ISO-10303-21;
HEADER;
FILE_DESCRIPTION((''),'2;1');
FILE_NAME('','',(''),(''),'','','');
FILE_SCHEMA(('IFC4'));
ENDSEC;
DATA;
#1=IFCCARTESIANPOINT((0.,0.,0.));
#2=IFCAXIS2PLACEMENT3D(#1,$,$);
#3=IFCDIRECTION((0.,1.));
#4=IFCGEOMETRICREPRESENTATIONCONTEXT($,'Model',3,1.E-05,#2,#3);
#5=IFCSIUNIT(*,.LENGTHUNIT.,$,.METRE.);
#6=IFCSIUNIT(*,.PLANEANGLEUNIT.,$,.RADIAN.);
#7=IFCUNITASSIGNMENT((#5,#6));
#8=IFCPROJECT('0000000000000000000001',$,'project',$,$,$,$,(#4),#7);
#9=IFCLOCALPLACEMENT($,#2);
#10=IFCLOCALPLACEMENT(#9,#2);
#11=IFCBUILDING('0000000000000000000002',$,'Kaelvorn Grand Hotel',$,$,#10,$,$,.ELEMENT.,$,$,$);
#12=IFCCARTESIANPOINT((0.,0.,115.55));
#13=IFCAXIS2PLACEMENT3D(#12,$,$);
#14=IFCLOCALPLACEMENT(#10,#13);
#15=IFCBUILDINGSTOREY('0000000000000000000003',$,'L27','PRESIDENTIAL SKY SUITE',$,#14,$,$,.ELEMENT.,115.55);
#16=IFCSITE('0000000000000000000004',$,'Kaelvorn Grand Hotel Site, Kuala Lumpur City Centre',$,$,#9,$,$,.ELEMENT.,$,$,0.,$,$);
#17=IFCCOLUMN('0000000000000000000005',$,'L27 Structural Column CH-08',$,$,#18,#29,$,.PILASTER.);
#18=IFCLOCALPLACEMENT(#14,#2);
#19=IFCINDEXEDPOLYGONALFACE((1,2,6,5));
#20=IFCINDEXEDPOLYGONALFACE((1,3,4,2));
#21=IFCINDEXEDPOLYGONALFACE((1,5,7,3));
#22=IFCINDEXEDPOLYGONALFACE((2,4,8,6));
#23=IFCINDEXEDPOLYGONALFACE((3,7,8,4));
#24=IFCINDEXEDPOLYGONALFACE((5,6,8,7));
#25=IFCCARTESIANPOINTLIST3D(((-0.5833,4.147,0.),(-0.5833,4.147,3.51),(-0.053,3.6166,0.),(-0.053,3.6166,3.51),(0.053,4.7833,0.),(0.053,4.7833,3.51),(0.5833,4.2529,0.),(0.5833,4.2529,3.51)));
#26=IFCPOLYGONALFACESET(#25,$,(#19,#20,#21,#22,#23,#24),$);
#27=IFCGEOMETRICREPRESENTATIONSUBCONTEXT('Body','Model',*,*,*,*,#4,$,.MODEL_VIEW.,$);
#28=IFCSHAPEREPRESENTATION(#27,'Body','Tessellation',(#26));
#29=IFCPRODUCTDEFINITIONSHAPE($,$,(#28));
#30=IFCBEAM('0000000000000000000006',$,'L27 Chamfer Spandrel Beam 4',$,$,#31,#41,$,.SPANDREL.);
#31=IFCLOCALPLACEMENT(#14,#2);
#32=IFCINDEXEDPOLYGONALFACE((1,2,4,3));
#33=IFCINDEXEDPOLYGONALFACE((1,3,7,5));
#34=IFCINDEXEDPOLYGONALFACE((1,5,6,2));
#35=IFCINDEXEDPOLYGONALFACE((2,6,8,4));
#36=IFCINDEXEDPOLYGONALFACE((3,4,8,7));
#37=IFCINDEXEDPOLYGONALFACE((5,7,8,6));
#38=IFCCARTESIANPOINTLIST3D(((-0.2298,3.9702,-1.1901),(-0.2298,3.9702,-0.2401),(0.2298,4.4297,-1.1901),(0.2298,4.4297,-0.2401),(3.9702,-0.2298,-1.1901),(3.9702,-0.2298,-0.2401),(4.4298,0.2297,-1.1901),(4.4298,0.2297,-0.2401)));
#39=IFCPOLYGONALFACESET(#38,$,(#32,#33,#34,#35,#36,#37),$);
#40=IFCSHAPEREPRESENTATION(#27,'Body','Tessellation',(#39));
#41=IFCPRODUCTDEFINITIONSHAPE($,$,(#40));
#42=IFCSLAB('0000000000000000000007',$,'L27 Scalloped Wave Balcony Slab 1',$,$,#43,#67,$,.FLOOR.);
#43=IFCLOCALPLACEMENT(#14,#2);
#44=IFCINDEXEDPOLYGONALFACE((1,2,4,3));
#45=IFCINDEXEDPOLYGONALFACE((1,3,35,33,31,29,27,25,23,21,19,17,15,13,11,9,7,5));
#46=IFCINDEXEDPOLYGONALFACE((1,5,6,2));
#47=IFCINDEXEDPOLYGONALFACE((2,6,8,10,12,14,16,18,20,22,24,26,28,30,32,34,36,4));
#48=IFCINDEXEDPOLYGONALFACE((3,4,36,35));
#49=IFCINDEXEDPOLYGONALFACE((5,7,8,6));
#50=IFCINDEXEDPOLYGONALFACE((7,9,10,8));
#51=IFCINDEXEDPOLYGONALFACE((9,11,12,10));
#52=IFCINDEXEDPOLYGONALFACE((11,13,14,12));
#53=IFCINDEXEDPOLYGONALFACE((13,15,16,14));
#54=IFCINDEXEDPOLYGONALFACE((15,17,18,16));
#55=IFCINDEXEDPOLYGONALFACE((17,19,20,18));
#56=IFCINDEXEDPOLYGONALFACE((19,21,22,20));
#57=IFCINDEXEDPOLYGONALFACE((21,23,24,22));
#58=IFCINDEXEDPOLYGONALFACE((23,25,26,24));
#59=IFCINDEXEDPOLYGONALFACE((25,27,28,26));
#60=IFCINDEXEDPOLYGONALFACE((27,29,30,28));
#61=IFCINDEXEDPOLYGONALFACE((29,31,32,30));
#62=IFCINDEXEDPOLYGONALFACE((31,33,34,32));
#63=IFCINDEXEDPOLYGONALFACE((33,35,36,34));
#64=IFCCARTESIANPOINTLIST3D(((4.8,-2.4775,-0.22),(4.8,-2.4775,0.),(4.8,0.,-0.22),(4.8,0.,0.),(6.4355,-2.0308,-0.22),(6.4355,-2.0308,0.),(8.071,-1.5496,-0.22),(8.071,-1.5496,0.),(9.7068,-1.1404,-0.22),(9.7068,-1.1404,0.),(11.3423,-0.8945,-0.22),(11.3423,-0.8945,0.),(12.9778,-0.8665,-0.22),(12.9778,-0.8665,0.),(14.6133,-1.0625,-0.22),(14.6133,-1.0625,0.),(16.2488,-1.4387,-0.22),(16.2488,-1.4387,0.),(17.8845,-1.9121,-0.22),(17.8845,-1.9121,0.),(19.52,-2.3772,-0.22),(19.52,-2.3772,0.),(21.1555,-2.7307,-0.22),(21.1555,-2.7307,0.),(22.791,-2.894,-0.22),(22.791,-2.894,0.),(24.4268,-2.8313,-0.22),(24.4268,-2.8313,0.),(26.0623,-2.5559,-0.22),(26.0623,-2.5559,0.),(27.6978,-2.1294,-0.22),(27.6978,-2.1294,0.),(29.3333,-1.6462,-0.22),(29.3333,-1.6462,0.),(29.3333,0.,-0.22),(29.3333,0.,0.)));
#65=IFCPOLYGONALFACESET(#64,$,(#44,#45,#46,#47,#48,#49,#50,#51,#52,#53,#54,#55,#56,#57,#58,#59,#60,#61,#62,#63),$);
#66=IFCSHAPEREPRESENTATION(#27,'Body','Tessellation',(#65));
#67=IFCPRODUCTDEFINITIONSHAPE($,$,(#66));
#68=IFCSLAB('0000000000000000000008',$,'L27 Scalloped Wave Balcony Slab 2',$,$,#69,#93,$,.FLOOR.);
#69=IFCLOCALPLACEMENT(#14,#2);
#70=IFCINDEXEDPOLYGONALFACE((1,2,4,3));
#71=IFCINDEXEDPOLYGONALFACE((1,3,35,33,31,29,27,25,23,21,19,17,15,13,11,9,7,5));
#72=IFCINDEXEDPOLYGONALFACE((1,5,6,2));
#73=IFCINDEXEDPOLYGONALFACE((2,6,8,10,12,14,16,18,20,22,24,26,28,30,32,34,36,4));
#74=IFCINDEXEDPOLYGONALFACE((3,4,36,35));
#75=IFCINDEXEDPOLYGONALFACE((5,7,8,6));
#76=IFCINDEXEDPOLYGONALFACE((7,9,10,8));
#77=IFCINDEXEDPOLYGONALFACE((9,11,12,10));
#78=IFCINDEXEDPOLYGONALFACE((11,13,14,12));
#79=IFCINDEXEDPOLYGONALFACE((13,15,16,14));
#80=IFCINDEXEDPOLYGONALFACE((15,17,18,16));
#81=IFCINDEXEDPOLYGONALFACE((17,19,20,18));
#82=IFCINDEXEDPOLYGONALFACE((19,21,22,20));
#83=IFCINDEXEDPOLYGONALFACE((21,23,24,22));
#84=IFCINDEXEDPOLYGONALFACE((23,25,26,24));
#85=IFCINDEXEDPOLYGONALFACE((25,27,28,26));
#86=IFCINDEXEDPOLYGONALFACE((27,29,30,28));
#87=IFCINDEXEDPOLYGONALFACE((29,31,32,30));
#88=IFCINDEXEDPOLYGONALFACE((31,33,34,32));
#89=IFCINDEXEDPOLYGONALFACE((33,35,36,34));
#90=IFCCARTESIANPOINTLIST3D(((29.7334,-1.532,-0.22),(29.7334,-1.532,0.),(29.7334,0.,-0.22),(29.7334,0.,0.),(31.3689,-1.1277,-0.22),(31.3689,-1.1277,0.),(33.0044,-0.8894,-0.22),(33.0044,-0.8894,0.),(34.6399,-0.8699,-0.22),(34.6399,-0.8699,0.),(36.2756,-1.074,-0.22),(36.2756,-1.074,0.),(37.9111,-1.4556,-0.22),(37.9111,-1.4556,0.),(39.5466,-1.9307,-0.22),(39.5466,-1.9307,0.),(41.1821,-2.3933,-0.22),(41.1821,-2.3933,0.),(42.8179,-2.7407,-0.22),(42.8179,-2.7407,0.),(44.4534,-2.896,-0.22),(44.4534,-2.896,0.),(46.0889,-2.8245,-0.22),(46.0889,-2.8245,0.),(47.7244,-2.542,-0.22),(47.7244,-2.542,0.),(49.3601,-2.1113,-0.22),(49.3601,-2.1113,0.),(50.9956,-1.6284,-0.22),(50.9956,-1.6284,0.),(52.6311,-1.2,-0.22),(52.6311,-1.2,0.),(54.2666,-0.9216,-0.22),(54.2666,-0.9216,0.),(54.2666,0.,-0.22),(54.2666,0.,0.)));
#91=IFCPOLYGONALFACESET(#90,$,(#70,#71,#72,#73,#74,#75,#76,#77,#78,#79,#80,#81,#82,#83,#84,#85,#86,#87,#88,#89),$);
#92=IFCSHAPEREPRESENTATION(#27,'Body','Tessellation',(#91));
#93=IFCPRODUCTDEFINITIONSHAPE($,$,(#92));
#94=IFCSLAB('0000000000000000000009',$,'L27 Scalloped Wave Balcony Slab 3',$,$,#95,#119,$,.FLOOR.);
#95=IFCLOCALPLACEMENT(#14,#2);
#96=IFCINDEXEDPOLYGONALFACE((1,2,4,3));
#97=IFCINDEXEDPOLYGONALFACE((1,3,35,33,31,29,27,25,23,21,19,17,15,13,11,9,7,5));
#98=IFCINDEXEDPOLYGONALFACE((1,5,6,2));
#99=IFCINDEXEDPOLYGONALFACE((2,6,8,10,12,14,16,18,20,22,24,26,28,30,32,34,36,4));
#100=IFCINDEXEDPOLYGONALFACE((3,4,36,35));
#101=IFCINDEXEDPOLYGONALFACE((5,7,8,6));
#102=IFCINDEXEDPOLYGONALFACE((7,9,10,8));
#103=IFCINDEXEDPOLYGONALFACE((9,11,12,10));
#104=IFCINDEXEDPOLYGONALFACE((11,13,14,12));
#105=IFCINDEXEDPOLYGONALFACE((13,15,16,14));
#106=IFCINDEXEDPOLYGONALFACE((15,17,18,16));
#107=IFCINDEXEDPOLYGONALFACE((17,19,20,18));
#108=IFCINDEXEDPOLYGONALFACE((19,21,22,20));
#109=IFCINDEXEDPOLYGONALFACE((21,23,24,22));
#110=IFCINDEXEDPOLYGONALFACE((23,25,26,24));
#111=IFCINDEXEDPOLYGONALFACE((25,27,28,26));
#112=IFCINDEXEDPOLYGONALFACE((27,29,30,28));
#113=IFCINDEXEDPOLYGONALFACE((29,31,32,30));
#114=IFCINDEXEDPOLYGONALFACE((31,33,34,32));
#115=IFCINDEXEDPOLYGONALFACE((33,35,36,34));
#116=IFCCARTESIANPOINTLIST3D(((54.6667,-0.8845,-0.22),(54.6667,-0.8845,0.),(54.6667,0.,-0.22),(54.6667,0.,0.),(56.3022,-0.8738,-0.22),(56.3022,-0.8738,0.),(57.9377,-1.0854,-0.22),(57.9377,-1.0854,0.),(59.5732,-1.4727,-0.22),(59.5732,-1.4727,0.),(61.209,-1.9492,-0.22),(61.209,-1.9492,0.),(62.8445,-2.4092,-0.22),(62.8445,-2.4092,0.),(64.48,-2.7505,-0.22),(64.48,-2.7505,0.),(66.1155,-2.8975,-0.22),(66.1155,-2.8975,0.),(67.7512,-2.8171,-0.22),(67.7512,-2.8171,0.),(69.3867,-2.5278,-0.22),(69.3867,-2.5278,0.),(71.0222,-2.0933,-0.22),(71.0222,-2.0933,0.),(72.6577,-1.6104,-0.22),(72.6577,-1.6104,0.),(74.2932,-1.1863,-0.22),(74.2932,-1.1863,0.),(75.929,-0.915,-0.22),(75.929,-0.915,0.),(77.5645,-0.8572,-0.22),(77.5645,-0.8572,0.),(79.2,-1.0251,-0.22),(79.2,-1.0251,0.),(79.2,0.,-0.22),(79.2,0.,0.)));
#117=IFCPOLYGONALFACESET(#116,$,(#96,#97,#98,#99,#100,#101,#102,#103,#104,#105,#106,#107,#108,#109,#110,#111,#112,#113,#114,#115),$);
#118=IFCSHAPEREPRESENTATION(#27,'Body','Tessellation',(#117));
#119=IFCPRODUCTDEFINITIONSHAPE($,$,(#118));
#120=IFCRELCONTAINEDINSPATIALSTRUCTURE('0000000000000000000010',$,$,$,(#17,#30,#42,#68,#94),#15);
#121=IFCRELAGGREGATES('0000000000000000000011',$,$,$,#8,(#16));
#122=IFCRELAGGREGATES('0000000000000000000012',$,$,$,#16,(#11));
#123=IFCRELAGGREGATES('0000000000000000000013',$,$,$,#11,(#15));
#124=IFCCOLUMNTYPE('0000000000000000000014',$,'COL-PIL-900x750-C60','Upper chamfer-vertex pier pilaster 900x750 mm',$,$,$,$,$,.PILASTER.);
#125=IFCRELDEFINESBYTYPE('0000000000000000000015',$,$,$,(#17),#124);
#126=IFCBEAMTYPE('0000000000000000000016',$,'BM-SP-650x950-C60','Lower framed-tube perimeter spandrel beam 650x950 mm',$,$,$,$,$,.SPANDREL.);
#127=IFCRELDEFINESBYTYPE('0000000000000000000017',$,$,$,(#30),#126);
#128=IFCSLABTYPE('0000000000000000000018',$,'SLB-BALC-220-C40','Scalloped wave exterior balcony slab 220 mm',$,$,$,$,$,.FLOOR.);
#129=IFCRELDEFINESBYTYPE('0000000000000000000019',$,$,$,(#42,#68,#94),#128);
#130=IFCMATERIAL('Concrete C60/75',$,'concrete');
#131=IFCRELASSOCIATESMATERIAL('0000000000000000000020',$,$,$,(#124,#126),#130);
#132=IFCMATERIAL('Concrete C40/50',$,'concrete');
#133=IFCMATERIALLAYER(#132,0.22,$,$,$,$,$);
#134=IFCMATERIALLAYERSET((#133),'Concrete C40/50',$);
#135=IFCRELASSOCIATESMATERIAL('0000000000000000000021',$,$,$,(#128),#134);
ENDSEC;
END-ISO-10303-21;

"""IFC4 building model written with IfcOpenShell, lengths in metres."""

from ifc_helpers import new_model, si_unit, direction, frame, origin, origin_2d, place, context, subcontext, project, spatial, polyline, rectangle, outline, extrude, material, layer, layer_set, material_profile, profile_set, type_object, element, save


model = new_model("IFC4")

# Units and contexts
model_context = context("Model", 3, precision=1e-05, world=origin(), true_north=direction((0.0, 1.0)))
body_context = subcontext(model_context, "Body", "Model", "MODEL_VIEW")
ifc_project = project(units=[si_unit("LENGTHUNIT", "METRE"), si_unit("PLANEANGLEUNIT", "RADIAN")], contexts=[model_context])

# Site, building, storey
site_placement = place(None, origin())
site = spatial("IfcSite", under=ifc_project, at=site_placement, Name="Kaelvorn Grand Hotel Site, Kuala Lumpur City Centre", CompositionType="ELEMENT", RefElevation=0.0)
building_placement = place(site_placement, origin())
building = spatial("IfcBuilding", under=site, at=building_placement, Name="Kaelvorn Grand Hotel", CompositionType="ELEMENT")
storey_placement = place(building_placement, frame((0.0, 0.0, 115.55)))
storey = spatial("IfcBuildingStorey", under=building, at=storey_placement, Name="L27", Description="PRESIDENTIAL SKY SUITE", CompositionType="ELEMENT", Elevation=115.55)

# Column
ifc_material_1 = material(Name="Concrete C60/75", Category="concrete")
ifc_material_profile_1 = material_profile(ifc_material_1, rectangle(XDim=0.8999, YDim=0.75, at=origin_2d()), Name="RC PILASTER 900x750")
ifc_profile_set_1 = profile_set([ifc_material_profile_1], Name="Concrete C60/75")
column_type = type_object("IfcColumnType", Name="COL-PIL-900x750-C60", Description="Upper chamfer-vertex pier pilaster 900x750 mm", PredefinedType="PILASTER", material=ifc_profile_set_1)
column_placement = place(storey_placement, frame((0.0, 4.2, 0.0), z_axis=(0.0, 0.0, 1.0), x_axis=(0.707107, 0.707107, 0.0)))
element("IfcColumn", 1, at=column_placement, inside=storey, type_object=column_type, Name="L27 Structural Column CH-08", PredefinedType="PILASTER", context=body_context, shape_type="SweptSolid", body=[
    extrude(rectangle(XDim=0.8999, YDim=0.75, at=origin_2d()), origin(), (0.0, 0.0, 1.0), 3.51),
])

# Beam
ifc_material_profile_2 = material_profile(ifc_material_1, rectangle(XDim=0.6499, YDim=0.95, at=origin_2d()), Name="RC SPANDREL 650x950")
ifc_profile_set_2 = profile_set([ifc_material_profile_2], Name="Concrete C60/75")
beam_type = type_object("IfcBeamType", Name="BM-SP-650x950-C60", Description="Lower framed-tube perimeter spandrel beam 650x950 mm", PredefinedType="SPANDREL", material=ifc_profile_set_2)
beam_placement = place(storey_placement, frame((0.0, 4.2, -0.7151), z_axis=(0.707107, -0.707107, 0.0), x_axis=(0.707107, 0.707107, 0.0)))
element("IfcBeam", 2, at=beam_placement, inside=storey, type_object=beam_type, Name="L27 Chamfer Spandrel Beam 4", PredefinedType="SPANDREL", context=body_context, shape_type="SweptSolid", body=[
    extrude(rectangle(XDim=0.6499, YDim=0.95, at=origin_2d()), origin(), (0.0, 0.0, 1.0), 5.9397),
])

# Slabs
ifc_material_2 = material(Name="Concrete C40/50", Category="concrete")
ifc_layer_1 = layer(ifc_material_2, 0.22)
ifc_layer_set_1 = layer_set([ifc_layer_1], Name="Concrete C40/50")
slab_type_1 = type_object("IfcSlabType", Name="SLB-BALC-220-C40", Description="Scalloped wave exterior balcony slab 220 mm", PredefinedType="FLOOR", material=ifc_layer_set_1)
slab_1_placement = place(storey_placement, frame((0.0, 0.0, -0.22)))
element("IfcSlab", 3, at=slab_1_placement, inside=storey, type_object=slab_type_1, Name="L27 Scalloped Wave Balcony Slab 1", PredefinedType="FLOOR", context=body_context, shape_type="SweptSolid", body=[
    extrude(outline(polyline([(4.8, -2.4775), (6.4355, -2.0308), (8.071, -1.5496), (9.7068, -1.1404), (11.3423, -0.8945), (12.9778, -0.8665), (14.6133, -1.0625), (16.2488, -1.4387), (17.8845, -1.9121), (19.52, -2.3772), (21.1555, -2.7307), (22.791, -2.894), (24.4268, -2.8313), (26.0623, -2.5559), (27.6978, -2.1294), (29.3333, -1.6462), (29.3333, 0.0), (4.8, 0.0), (4.8, -2.4775)])), origin(), (0.0, 0.0, 1.0), 0.22),
])
slab_2_placement = place(storey_placement, frame((0.0, 0.0, -0.22)))
element("IfcSlab", 4, at=slab_2_placement, inside=storey, type_object=slab_type_1, Name="L27 Scalloped Wave Balcony Slab 2", PredefinedType="FLOOR", context=body_context, shape_type="SweptSolid", body=[
    extrude(outline(polyline([(29.7334, -1.532), (31.3689, -1.1277), (33.0044, -0.8894), (34.6399, -0.8699), (36.2756, -1.074), (37.9111, -1.4556), (39.5466, -1.9307), (41.1821, -2.3933), (42.8179, -2.7407), (44.4534, -2.896), (46.0889, -2.8245), (47.7244, -2.542), (49.3601, -2.1113), (50.9956, -1.6284), (52.6311, -1.2), (54.2666, -0.9216), (54.2666, 0.0), (29.7334, 0.0), (29.7334, -1.532)])), origin(), (0.0, 0.0, 1.0), 0.22),
])
slab_3_placement = place(storey_placement, frame((0.0, 0.0, -0.22)))
element("IfcSlab", 5, at=slab_3_placement, inside=storey, type_object=slab_type_1, Name="L27 Scalloped Wave Balcony Slab 3", PredefinedType="FLOOR", context=body_context, shape_type="SweptSolid", body=[
    extrude(outline(polyline([(54.6667, -0.8845), (56.3022, -0.8738), (57.9377, -1.0854), (59.5732, -1.4727), (61.209, -1.9492), (62.8445, -2.4092), (64.48, -2.7505), (66.1155, -2.8975), (67.7512, -2.8171), (69.3867, -2.5278), (71.0222, -2.0933), (72.6577, -1.6104), (74.2932, -1.1863), (75.929, -0.915), (77.5645, -0.8572), (79.2, -1.0251), (79.2, 0.0), (54.6667, 0.0), (54.6667, -0.8845)])), origin(), (0.0, 0.0, 1.0), 0.22),
])

save(model, "model.ifc")
